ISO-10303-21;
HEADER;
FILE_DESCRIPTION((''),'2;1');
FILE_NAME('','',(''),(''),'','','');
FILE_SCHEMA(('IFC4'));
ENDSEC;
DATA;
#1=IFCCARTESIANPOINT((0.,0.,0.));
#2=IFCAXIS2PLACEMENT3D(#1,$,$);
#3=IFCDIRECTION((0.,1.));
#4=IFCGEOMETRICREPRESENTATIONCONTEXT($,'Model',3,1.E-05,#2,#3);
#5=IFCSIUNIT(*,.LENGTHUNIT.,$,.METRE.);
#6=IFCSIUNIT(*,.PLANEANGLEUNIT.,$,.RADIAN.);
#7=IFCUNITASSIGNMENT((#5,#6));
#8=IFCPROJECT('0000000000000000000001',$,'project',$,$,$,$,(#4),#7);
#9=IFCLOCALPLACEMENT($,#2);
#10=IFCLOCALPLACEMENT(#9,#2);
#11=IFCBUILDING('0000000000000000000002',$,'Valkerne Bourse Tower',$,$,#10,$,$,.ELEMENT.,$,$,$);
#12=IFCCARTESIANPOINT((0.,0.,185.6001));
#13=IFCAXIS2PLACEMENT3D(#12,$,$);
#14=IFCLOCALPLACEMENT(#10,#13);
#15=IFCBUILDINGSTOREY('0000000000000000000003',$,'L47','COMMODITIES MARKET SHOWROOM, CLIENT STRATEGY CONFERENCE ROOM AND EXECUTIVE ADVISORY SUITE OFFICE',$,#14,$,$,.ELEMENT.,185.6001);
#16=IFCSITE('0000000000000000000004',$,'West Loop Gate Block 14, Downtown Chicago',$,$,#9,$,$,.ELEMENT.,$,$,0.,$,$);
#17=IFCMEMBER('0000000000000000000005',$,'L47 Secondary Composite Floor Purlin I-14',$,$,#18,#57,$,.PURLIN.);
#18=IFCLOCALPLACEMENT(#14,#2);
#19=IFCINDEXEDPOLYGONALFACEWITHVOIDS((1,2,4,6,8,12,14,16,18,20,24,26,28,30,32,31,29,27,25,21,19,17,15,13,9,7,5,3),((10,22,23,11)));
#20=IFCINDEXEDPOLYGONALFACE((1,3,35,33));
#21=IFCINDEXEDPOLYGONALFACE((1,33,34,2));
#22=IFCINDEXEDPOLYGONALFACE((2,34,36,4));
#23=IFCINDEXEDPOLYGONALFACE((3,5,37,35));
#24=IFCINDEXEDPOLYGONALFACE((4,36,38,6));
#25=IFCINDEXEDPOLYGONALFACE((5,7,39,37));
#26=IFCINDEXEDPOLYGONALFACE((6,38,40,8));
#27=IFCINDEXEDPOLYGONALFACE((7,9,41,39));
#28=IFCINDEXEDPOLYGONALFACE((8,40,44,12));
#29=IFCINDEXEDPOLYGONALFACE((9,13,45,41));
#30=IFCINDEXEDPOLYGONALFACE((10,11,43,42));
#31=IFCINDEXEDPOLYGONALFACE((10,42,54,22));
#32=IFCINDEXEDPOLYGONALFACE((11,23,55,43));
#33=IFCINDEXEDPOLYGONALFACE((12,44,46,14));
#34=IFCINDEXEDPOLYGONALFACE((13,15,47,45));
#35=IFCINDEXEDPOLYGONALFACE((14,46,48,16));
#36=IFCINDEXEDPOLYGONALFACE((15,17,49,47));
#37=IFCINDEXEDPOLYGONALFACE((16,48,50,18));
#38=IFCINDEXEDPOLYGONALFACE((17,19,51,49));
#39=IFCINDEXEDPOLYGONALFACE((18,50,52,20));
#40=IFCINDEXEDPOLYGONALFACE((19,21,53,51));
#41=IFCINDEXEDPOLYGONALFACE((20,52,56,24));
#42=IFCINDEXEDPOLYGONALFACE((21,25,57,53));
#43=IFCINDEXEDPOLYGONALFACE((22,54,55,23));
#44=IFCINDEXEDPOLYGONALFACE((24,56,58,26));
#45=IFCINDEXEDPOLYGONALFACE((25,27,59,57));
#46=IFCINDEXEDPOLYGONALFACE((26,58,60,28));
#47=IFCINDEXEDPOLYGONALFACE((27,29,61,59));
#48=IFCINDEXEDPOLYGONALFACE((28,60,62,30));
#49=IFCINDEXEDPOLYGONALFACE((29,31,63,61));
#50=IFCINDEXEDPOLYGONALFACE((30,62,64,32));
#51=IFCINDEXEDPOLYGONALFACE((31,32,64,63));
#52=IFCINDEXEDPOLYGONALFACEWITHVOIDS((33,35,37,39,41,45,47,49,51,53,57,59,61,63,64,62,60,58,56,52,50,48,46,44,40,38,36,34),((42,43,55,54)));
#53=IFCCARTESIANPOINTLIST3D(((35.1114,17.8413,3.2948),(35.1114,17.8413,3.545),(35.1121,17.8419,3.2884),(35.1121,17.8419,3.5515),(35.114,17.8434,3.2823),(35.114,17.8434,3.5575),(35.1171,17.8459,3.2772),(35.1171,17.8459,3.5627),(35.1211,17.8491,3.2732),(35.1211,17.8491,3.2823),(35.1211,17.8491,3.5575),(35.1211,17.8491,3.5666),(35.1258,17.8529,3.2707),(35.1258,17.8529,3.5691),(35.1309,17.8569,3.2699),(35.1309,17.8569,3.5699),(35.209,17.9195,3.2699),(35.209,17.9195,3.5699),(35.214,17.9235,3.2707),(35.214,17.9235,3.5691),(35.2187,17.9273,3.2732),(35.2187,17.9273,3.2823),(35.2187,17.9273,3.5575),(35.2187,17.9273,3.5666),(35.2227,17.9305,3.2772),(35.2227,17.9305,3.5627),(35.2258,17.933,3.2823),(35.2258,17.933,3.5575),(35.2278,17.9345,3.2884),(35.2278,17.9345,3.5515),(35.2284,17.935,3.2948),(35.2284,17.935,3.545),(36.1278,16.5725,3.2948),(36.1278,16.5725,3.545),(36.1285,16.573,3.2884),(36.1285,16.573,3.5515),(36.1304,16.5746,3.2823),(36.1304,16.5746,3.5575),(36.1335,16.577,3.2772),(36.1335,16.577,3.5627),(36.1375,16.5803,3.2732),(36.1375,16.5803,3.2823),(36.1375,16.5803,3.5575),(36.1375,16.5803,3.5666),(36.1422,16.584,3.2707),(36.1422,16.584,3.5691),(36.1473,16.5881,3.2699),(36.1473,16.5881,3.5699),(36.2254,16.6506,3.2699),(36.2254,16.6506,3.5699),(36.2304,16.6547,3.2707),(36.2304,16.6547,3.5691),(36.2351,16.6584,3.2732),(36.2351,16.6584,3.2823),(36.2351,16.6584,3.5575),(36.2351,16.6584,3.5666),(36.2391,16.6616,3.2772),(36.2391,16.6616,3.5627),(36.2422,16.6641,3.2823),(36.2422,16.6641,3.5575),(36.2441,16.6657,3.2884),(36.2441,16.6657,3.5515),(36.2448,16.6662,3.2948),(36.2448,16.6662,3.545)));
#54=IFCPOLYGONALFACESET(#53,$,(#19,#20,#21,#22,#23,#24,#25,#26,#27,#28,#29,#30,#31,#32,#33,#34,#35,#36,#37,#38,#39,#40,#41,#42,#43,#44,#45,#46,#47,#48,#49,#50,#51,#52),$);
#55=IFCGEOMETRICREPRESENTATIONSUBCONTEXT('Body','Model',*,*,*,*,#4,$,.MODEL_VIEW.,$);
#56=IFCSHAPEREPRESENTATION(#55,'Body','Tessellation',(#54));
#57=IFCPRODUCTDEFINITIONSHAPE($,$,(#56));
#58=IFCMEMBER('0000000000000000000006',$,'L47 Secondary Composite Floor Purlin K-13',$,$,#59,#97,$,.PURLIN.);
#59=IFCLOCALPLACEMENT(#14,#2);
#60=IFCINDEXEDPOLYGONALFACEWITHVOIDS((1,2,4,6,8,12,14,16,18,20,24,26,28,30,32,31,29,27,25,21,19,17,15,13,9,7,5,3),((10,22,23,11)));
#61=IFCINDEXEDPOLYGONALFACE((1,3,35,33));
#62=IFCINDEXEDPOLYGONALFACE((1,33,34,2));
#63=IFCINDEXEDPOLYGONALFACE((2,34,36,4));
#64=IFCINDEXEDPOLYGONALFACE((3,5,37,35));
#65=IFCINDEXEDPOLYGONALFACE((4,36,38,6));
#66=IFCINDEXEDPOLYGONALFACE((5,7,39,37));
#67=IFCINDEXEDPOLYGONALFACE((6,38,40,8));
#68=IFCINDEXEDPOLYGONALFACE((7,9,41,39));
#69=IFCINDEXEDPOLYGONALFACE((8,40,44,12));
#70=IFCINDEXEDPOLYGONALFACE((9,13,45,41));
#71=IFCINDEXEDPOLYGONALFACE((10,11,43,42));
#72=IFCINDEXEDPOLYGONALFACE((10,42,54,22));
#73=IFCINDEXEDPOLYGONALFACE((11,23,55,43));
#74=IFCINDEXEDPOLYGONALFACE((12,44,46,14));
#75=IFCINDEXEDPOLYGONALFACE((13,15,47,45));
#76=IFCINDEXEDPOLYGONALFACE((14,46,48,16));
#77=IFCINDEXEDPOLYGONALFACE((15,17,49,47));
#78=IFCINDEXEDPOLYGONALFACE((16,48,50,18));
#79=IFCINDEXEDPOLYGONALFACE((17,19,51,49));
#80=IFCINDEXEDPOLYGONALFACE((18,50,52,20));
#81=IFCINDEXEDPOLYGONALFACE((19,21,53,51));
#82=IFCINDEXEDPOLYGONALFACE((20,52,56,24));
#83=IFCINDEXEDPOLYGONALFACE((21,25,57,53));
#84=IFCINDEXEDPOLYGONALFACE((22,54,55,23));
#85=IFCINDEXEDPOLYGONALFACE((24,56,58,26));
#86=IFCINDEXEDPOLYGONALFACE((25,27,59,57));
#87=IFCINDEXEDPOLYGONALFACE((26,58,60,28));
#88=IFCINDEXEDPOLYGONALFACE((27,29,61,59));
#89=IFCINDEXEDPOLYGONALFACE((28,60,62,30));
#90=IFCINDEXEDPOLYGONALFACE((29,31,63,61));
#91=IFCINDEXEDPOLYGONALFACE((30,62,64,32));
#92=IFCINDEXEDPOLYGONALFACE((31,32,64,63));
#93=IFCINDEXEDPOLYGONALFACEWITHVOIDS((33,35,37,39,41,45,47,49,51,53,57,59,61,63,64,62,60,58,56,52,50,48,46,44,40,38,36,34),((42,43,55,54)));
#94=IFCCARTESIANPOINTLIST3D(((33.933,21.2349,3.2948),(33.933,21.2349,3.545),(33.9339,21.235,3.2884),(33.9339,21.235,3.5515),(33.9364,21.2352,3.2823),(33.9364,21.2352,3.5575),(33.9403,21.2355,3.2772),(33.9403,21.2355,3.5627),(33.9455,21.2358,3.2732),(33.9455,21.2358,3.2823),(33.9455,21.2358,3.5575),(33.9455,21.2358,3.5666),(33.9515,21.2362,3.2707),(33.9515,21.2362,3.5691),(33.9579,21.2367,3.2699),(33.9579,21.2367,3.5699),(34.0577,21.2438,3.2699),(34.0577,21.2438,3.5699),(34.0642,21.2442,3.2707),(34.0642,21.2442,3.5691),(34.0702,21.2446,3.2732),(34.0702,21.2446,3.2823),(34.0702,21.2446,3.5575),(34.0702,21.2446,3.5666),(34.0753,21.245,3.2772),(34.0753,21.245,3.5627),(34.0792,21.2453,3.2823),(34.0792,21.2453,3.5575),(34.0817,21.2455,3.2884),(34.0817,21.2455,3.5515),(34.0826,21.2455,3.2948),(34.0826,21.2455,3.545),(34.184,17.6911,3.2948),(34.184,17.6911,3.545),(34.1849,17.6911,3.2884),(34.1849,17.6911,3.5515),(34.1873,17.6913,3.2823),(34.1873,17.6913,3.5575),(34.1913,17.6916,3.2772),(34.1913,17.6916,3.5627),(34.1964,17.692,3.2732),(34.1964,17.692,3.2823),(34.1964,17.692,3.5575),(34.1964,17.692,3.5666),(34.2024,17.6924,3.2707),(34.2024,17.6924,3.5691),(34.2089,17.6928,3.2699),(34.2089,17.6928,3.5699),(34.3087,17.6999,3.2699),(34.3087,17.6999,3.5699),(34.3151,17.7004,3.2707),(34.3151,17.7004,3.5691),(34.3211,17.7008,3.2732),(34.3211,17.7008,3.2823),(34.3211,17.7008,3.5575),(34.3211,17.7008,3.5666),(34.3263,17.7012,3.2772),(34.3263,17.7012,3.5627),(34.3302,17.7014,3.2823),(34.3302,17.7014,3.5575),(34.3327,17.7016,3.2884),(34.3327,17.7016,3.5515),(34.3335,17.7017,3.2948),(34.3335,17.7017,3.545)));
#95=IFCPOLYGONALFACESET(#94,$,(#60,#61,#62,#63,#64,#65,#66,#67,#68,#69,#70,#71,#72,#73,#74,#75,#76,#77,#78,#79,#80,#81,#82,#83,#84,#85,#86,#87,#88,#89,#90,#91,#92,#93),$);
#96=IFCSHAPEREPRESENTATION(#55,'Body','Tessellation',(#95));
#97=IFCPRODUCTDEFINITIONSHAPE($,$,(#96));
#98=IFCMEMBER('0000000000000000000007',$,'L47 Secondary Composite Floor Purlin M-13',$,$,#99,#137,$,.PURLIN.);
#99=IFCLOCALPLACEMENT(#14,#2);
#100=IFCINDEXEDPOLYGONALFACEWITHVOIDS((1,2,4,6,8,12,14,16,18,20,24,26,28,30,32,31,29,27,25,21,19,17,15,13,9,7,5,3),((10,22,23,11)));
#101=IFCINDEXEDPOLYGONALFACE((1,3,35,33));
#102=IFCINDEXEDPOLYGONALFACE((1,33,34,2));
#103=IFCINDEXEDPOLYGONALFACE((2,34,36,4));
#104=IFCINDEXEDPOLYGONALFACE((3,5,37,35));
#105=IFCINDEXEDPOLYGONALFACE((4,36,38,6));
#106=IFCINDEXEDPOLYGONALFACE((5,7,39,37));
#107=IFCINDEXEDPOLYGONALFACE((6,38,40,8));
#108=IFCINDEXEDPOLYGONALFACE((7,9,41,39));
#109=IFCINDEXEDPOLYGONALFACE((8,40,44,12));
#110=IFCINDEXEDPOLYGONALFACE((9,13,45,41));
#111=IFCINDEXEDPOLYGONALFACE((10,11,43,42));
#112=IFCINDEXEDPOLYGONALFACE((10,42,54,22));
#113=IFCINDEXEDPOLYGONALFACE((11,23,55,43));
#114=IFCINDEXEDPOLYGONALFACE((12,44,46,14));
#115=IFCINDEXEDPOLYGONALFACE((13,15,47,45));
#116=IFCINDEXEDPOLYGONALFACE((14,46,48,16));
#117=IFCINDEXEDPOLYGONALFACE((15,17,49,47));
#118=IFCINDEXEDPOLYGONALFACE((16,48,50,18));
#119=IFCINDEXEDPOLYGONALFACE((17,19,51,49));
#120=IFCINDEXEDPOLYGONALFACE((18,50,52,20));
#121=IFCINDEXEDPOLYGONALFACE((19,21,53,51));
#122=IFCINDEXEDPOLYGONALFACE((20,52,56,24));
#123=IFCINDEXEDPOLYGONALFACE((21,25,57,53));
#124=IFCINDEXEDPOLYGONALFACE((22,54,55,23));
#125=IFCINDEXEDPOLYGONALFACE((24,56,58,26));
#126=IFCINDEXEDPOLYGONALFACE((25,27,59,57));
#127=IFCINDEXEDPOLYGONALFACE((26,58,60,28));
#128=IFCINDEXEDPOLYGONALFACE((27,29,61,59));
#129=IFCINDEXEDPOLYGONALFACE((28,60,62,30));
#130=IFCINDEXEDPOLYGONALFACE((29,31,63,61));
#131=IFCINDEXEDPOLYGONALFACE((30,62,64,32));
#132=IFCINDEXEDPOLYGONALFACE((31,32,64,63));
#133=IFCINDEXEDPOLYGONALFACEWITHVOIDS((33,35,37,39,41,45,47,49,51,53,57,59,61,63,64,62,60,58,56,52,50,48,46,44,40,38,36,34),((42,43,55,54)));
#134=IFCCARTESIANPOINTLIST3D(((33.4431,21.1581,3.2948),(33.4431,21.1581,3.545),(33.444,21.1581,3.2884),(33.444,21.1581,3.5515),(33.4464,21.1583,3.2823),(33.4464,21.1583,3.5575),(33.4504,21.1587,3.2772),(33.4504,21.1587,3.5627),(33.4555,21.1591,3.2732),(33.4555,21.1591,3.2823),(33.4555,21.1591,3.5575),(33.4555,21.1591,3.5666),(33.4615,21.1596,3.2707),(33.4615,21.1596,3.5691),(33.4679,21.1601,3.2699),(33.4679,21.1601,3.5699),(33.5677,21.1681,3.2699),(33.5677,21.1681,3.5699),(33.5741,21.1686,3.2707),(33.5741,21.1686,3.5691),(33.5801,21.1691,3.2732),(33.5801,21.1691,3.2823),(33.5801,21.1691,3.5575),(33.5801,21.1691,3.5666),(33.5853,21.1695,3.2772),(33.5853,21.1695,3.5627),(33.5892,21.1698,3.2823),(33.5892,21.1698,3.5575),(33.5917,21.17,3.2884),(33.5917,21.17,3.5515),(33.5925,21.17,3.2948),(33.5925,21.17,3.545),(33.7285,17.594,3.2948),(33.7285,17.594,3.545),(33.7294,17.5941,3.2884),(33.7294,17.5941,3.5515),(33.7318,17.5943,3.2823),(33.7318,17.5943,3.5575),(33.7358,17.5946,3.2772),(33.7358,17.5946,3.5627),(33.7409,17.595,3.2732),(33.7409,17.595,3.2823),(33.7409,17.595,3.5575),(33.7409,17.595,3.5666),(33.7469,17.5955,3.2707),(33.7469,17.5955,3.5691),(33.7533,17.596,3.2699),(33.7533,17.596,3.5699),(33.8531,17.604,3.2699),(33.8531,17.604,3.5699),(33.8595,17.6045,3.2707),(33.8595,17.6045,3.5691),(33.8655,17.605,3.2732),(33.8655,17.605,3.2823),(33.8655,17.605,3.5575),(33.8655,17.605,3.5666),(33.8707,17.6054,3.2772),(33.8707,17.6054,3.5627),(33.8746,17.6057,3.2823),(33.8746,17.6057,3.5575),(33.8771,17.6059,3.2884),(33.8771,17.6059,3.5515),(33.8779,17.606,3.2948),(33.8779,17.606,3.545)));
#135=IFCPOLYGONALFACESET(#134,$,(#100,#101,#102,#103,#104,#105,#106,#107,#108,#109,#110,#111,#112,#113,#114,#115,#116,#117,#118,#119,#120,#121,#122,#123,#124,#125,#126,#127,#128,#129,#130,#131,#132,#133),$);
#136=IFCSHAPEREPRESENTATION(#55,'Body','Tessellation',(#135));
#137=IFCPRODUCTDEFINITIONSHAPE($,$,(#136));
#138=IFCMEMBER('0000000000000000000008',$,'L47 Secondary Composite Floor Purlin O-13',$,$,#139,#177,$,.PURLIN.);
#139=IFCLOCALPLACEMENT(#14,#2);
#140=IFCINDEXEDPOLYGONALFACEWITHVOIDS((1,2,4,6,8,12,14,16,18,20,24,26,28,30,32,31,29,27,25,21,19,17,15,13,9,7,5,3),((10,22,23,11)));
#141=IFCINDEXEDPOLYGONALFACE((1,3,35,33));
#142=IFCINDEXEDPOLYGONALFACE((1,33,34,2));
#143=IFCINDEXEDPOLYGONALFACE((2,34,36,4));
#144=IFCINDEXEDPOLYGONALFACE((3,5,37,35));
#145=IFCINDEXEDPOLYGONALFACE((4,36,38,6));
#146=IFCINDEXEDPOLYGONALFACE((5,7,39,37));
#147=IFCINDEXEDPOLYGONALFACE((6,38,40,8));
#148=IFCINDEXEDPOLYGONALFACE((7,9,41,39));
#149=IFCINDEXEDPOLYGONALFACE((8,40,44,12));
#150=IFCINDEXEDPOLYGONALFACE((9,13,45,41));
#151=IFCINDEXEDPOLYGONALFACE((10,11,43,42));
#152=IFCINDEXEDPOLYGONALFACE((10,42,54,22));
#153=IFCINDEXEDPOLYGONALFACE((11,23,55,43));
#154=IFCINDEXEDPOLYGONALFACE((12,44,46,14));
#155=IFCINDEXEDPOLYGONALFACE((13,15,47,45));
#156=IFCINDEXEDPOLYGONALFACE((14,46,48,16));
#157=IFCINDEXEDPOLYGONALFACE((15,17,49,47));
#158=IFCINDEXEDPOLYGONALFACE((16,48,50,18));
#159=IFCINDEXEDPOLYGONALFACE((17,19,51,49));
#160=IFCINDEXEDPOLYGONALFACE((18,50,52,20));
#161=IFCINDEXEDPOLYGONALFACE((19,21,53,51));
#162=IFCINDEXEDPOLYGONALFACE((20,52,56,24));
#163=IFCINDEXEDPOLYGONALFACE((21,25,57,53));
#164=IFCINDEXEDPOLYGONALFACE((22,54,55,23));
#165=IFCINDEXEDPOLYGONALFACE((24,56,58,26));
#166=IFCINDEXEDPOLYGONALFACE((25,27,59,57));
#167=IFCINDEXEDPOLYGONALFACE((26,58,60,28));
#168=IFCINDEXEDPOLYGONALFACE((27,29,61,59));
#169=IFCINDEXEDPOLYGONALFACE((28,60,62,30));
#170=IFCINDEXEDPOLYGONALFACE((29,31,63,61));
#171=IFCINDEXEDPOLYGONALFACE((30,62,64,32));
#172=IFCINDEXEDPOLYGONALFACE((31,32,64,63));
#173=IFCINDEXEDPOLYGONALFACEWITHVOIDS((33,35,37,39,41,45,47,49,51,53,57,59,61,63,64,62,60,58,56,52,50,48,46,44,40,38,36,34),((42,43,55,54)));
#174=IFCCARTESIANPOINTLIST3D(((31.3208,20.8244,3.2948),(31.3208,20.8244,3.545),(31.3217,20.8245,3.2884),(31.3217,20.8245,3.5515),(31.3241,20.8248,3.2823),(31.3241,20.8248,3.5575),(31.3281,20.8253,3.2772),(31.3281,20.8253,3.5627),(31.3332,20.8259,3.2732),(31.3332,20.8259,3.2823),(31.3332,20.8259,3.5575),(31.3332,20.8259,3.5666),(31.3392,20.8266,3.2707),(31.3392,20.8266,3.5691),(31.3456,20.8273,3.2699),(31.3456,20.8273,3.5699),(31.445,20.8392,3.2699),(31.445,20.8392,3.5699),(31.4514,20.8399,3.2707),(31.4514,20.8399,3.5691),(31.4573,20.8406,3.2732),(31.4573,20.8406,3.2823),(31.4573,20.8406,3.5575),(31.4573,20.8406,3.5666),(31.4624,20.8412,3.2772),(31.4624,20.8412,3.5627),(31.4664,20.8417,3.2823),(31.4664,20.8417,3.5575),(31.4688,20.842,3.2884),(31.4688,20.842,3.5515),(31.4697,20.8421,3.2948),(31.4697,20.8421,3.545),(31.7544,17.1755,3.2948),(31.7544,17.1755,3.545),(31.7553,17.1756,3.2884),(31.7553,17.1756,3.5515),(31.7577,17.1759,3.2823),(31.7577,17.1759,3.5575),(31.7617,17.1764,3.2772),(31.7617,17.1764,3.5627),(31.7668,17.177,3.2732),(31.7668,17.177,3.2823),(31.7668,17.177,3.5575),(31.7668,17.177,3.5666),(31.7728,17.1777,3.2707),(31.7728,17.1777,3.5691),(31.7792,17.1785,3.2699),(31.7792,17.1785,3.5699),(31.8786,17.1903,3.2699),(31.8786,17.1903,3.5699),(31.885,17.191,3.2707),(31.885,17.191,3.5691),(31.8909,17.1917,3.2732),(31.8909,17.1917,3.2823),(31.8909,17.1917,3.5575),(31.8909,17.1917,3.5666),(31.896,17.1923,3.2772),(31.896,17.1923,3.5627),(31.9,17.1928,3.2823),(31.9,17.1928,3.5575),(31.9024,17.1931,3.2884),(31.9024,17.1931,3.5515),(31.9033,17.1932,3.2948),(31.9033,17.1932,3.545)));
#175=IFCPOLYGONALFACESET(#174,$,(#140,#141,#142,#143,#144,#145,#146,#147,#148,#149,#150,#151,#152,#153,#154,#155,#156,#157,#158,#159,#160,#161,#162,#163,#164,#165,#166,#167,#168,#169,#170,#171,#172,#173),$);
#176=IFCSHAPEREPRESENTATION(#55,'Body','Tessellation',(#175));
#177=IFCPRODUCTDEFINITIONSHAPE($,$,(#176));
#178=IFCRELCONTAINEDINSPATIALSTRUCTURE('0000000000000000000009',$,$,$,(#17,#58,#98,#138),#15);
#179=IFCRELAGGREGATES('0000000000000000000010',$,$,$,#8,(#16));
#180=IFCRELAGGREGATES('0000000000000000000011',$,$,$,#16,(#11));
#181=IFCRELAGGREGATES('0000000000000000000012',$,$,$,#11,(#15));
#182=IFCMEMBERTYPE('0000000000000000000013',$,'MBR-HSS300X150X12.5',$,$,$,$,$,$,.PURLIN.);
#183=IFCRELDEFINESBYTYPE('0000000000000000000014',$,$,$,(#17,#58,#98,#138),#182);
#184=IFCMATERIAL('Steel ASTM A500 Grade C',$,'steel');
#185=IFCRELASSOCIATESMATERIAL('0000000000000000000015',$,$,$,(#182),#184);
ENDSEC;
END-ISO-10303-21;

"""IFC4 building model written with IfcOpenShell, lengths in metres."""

from ifc_helpers import new_model, si_unit, direction, frame, origin, origin_2d, place, context, subcontext, project, spatial, hollow_rectangle, extrude, material, material_profile, profile_set, type_object, element, save


model = new_model("IFC4")

# Units and contexts
model_context = context("Model", 3, precision=1e-05, world=origin(), true_north=direction((0.0, 1.0)))
body_context = subcontext(model_context, "Body", "Model", "MODEL_VIEW")
ifc_project = project(units=[si_unit("LENGTHUNIT", "METRE"), si_unit("PLANEANGLEUNIT", "RADIAN")], contexts=[model_context])

# Site, building, storey
site_placement = place(None, origin())
site = spatial("IfcSite", under=ifc_project, at=site_placement, Name="West Loop Gate Block 14, Downtown Chicago", CompositionType="ELEMENT", RefElevation=0.0)
building_placement = place(site_placement, origin())
building = spatial("IfcBuilding", under=site, at=building_placement, Name="Valkerne Bourse Tower", CompositionType="ELEMENT")
storey_placement = place(building_placement, frame((0.0, 0.0, 185.6001)))
storey = spatial("IfcBuildingStorey", under=building, at=storey_placement, Name="L47", Description="COMMODITIES MARKET SHOWROOM, CLIENT STRATEGY CONFERENCE ROOM AND EXECUTIVE ADVISORY SUITE OFFICE", CompositionType="ELEMENT", Elevation=185.6001)

# Members
ifc_material_1 = material(Name="Steel ASTM A500 Grade C", Category="steel")
ifc_material_profile_1 = material_profile(ifc_material_1, hollow_rectangle(XDim=0.1499, YDim=0.3, WallThickness=0.0125, OuterFilletRadius=0.0249, at=origin_2d()), Name="HSS300X150X12.5")
ifc_profile_set_1 = profile_set([ifc_material_profile_1], Name="Steel ASTM A500 Grade C")
member_type = type_object("IfcMemberType", Name="MBR-HSS300X150X12.5", PredefinedType="PURLIN", material=ifc_profile_set_1)
member_1_placement = place(storey_placement, frame((35.1699, 17.8882, 3.4199), z_axis=(0.625189, -0.780473, 0.0), x_axis=(0.780473, 0.625189, 0.0)))
element("IfcMember", 1, at=member_1_placement, inside=storey, type_object=member_type, Name="L47 Secondary Composite Floor Purlin I-14", PredefinedType="PURLIN", context=body_context, shape_type="SweptSolid", body=[
    extrude(hollow_rectangle(XDim=0.1499, YDim=0.3, WallThickness=0.0125, OuterFilletRadius=0.0249, at=origin_2d()), origin(), (0.0, 0.0, 1.0), 1.6257),
])
member_2_placement = place(storey_placement, frame((34.0078, 21.2402, 3.4199), z_axis=(0.070641, -0.997502, 0.0), x_axis=(0.997502, 0.070641, 0.0)))
element("IfcMember", 2, at=member_2_placement, inside=storey, type_object=member_type, Name="L47 Secondary Composite Floor Purlin K-13", PredefinedType="PURLIN", context=body_context, shape_type="SweptSolid", body=[
    extrude(hollow_rectangle(XDim=0.1499, YDim=0.3, WallThickness=0.0125, OuterFilletRadius=0.0249, at=origin_2d()), origin(), (0.0, 0.0, 1.0), 3.5527),
])
member_3_placement = place(storey_placement, frame((33.5178, 21.1641, 3.4199), z_axis=(0.079824, -0.996809, 0.0), x_axis=(0.996809, 0.079824, 0.0)))
element("IfcMember", 3, at=member_3_placement, inside=storey, type_object=member_type, Name="L47 Secondary Composite Floor Purlin M-13", PredefinedType="PURLIN", context=body_context, shape_type="SweptSolid", body=[
    extrude(hollow_rectangle(XDim=0.1499, YDim=0.3, WallThickness=0.0125, OuterFilletRadius=0.0249, at=origin_2d()), origin(), (0.0, 0.0, 1.0), 3.5754),
])
member_4_placement = place(storey_placement, frame((31.3953, 20.8333, 3.4199), z_axis=(0.117998, -0.993014, 0.0), x_axis=(0.993014, 0.117998, 0.0)))
element("IfcMember", 4, at=member_4_placement, inside=storey, type_object=member_type, Name="L47 Secondary Composite Floor Purlin O-13", PredefinedType="PURLIN", context=body_context, shape_type="SweptSolid", body=[
    extrude(hollow_rectangle(XDim=0.1499, YDim=0.3, WallThickness=0.0125, OuterFilletRadius=0.0249, at=origin_2d()), origin(), (0.0, 0.0, 1.0), 3.6746),
])

save(model, "model.ifc")
